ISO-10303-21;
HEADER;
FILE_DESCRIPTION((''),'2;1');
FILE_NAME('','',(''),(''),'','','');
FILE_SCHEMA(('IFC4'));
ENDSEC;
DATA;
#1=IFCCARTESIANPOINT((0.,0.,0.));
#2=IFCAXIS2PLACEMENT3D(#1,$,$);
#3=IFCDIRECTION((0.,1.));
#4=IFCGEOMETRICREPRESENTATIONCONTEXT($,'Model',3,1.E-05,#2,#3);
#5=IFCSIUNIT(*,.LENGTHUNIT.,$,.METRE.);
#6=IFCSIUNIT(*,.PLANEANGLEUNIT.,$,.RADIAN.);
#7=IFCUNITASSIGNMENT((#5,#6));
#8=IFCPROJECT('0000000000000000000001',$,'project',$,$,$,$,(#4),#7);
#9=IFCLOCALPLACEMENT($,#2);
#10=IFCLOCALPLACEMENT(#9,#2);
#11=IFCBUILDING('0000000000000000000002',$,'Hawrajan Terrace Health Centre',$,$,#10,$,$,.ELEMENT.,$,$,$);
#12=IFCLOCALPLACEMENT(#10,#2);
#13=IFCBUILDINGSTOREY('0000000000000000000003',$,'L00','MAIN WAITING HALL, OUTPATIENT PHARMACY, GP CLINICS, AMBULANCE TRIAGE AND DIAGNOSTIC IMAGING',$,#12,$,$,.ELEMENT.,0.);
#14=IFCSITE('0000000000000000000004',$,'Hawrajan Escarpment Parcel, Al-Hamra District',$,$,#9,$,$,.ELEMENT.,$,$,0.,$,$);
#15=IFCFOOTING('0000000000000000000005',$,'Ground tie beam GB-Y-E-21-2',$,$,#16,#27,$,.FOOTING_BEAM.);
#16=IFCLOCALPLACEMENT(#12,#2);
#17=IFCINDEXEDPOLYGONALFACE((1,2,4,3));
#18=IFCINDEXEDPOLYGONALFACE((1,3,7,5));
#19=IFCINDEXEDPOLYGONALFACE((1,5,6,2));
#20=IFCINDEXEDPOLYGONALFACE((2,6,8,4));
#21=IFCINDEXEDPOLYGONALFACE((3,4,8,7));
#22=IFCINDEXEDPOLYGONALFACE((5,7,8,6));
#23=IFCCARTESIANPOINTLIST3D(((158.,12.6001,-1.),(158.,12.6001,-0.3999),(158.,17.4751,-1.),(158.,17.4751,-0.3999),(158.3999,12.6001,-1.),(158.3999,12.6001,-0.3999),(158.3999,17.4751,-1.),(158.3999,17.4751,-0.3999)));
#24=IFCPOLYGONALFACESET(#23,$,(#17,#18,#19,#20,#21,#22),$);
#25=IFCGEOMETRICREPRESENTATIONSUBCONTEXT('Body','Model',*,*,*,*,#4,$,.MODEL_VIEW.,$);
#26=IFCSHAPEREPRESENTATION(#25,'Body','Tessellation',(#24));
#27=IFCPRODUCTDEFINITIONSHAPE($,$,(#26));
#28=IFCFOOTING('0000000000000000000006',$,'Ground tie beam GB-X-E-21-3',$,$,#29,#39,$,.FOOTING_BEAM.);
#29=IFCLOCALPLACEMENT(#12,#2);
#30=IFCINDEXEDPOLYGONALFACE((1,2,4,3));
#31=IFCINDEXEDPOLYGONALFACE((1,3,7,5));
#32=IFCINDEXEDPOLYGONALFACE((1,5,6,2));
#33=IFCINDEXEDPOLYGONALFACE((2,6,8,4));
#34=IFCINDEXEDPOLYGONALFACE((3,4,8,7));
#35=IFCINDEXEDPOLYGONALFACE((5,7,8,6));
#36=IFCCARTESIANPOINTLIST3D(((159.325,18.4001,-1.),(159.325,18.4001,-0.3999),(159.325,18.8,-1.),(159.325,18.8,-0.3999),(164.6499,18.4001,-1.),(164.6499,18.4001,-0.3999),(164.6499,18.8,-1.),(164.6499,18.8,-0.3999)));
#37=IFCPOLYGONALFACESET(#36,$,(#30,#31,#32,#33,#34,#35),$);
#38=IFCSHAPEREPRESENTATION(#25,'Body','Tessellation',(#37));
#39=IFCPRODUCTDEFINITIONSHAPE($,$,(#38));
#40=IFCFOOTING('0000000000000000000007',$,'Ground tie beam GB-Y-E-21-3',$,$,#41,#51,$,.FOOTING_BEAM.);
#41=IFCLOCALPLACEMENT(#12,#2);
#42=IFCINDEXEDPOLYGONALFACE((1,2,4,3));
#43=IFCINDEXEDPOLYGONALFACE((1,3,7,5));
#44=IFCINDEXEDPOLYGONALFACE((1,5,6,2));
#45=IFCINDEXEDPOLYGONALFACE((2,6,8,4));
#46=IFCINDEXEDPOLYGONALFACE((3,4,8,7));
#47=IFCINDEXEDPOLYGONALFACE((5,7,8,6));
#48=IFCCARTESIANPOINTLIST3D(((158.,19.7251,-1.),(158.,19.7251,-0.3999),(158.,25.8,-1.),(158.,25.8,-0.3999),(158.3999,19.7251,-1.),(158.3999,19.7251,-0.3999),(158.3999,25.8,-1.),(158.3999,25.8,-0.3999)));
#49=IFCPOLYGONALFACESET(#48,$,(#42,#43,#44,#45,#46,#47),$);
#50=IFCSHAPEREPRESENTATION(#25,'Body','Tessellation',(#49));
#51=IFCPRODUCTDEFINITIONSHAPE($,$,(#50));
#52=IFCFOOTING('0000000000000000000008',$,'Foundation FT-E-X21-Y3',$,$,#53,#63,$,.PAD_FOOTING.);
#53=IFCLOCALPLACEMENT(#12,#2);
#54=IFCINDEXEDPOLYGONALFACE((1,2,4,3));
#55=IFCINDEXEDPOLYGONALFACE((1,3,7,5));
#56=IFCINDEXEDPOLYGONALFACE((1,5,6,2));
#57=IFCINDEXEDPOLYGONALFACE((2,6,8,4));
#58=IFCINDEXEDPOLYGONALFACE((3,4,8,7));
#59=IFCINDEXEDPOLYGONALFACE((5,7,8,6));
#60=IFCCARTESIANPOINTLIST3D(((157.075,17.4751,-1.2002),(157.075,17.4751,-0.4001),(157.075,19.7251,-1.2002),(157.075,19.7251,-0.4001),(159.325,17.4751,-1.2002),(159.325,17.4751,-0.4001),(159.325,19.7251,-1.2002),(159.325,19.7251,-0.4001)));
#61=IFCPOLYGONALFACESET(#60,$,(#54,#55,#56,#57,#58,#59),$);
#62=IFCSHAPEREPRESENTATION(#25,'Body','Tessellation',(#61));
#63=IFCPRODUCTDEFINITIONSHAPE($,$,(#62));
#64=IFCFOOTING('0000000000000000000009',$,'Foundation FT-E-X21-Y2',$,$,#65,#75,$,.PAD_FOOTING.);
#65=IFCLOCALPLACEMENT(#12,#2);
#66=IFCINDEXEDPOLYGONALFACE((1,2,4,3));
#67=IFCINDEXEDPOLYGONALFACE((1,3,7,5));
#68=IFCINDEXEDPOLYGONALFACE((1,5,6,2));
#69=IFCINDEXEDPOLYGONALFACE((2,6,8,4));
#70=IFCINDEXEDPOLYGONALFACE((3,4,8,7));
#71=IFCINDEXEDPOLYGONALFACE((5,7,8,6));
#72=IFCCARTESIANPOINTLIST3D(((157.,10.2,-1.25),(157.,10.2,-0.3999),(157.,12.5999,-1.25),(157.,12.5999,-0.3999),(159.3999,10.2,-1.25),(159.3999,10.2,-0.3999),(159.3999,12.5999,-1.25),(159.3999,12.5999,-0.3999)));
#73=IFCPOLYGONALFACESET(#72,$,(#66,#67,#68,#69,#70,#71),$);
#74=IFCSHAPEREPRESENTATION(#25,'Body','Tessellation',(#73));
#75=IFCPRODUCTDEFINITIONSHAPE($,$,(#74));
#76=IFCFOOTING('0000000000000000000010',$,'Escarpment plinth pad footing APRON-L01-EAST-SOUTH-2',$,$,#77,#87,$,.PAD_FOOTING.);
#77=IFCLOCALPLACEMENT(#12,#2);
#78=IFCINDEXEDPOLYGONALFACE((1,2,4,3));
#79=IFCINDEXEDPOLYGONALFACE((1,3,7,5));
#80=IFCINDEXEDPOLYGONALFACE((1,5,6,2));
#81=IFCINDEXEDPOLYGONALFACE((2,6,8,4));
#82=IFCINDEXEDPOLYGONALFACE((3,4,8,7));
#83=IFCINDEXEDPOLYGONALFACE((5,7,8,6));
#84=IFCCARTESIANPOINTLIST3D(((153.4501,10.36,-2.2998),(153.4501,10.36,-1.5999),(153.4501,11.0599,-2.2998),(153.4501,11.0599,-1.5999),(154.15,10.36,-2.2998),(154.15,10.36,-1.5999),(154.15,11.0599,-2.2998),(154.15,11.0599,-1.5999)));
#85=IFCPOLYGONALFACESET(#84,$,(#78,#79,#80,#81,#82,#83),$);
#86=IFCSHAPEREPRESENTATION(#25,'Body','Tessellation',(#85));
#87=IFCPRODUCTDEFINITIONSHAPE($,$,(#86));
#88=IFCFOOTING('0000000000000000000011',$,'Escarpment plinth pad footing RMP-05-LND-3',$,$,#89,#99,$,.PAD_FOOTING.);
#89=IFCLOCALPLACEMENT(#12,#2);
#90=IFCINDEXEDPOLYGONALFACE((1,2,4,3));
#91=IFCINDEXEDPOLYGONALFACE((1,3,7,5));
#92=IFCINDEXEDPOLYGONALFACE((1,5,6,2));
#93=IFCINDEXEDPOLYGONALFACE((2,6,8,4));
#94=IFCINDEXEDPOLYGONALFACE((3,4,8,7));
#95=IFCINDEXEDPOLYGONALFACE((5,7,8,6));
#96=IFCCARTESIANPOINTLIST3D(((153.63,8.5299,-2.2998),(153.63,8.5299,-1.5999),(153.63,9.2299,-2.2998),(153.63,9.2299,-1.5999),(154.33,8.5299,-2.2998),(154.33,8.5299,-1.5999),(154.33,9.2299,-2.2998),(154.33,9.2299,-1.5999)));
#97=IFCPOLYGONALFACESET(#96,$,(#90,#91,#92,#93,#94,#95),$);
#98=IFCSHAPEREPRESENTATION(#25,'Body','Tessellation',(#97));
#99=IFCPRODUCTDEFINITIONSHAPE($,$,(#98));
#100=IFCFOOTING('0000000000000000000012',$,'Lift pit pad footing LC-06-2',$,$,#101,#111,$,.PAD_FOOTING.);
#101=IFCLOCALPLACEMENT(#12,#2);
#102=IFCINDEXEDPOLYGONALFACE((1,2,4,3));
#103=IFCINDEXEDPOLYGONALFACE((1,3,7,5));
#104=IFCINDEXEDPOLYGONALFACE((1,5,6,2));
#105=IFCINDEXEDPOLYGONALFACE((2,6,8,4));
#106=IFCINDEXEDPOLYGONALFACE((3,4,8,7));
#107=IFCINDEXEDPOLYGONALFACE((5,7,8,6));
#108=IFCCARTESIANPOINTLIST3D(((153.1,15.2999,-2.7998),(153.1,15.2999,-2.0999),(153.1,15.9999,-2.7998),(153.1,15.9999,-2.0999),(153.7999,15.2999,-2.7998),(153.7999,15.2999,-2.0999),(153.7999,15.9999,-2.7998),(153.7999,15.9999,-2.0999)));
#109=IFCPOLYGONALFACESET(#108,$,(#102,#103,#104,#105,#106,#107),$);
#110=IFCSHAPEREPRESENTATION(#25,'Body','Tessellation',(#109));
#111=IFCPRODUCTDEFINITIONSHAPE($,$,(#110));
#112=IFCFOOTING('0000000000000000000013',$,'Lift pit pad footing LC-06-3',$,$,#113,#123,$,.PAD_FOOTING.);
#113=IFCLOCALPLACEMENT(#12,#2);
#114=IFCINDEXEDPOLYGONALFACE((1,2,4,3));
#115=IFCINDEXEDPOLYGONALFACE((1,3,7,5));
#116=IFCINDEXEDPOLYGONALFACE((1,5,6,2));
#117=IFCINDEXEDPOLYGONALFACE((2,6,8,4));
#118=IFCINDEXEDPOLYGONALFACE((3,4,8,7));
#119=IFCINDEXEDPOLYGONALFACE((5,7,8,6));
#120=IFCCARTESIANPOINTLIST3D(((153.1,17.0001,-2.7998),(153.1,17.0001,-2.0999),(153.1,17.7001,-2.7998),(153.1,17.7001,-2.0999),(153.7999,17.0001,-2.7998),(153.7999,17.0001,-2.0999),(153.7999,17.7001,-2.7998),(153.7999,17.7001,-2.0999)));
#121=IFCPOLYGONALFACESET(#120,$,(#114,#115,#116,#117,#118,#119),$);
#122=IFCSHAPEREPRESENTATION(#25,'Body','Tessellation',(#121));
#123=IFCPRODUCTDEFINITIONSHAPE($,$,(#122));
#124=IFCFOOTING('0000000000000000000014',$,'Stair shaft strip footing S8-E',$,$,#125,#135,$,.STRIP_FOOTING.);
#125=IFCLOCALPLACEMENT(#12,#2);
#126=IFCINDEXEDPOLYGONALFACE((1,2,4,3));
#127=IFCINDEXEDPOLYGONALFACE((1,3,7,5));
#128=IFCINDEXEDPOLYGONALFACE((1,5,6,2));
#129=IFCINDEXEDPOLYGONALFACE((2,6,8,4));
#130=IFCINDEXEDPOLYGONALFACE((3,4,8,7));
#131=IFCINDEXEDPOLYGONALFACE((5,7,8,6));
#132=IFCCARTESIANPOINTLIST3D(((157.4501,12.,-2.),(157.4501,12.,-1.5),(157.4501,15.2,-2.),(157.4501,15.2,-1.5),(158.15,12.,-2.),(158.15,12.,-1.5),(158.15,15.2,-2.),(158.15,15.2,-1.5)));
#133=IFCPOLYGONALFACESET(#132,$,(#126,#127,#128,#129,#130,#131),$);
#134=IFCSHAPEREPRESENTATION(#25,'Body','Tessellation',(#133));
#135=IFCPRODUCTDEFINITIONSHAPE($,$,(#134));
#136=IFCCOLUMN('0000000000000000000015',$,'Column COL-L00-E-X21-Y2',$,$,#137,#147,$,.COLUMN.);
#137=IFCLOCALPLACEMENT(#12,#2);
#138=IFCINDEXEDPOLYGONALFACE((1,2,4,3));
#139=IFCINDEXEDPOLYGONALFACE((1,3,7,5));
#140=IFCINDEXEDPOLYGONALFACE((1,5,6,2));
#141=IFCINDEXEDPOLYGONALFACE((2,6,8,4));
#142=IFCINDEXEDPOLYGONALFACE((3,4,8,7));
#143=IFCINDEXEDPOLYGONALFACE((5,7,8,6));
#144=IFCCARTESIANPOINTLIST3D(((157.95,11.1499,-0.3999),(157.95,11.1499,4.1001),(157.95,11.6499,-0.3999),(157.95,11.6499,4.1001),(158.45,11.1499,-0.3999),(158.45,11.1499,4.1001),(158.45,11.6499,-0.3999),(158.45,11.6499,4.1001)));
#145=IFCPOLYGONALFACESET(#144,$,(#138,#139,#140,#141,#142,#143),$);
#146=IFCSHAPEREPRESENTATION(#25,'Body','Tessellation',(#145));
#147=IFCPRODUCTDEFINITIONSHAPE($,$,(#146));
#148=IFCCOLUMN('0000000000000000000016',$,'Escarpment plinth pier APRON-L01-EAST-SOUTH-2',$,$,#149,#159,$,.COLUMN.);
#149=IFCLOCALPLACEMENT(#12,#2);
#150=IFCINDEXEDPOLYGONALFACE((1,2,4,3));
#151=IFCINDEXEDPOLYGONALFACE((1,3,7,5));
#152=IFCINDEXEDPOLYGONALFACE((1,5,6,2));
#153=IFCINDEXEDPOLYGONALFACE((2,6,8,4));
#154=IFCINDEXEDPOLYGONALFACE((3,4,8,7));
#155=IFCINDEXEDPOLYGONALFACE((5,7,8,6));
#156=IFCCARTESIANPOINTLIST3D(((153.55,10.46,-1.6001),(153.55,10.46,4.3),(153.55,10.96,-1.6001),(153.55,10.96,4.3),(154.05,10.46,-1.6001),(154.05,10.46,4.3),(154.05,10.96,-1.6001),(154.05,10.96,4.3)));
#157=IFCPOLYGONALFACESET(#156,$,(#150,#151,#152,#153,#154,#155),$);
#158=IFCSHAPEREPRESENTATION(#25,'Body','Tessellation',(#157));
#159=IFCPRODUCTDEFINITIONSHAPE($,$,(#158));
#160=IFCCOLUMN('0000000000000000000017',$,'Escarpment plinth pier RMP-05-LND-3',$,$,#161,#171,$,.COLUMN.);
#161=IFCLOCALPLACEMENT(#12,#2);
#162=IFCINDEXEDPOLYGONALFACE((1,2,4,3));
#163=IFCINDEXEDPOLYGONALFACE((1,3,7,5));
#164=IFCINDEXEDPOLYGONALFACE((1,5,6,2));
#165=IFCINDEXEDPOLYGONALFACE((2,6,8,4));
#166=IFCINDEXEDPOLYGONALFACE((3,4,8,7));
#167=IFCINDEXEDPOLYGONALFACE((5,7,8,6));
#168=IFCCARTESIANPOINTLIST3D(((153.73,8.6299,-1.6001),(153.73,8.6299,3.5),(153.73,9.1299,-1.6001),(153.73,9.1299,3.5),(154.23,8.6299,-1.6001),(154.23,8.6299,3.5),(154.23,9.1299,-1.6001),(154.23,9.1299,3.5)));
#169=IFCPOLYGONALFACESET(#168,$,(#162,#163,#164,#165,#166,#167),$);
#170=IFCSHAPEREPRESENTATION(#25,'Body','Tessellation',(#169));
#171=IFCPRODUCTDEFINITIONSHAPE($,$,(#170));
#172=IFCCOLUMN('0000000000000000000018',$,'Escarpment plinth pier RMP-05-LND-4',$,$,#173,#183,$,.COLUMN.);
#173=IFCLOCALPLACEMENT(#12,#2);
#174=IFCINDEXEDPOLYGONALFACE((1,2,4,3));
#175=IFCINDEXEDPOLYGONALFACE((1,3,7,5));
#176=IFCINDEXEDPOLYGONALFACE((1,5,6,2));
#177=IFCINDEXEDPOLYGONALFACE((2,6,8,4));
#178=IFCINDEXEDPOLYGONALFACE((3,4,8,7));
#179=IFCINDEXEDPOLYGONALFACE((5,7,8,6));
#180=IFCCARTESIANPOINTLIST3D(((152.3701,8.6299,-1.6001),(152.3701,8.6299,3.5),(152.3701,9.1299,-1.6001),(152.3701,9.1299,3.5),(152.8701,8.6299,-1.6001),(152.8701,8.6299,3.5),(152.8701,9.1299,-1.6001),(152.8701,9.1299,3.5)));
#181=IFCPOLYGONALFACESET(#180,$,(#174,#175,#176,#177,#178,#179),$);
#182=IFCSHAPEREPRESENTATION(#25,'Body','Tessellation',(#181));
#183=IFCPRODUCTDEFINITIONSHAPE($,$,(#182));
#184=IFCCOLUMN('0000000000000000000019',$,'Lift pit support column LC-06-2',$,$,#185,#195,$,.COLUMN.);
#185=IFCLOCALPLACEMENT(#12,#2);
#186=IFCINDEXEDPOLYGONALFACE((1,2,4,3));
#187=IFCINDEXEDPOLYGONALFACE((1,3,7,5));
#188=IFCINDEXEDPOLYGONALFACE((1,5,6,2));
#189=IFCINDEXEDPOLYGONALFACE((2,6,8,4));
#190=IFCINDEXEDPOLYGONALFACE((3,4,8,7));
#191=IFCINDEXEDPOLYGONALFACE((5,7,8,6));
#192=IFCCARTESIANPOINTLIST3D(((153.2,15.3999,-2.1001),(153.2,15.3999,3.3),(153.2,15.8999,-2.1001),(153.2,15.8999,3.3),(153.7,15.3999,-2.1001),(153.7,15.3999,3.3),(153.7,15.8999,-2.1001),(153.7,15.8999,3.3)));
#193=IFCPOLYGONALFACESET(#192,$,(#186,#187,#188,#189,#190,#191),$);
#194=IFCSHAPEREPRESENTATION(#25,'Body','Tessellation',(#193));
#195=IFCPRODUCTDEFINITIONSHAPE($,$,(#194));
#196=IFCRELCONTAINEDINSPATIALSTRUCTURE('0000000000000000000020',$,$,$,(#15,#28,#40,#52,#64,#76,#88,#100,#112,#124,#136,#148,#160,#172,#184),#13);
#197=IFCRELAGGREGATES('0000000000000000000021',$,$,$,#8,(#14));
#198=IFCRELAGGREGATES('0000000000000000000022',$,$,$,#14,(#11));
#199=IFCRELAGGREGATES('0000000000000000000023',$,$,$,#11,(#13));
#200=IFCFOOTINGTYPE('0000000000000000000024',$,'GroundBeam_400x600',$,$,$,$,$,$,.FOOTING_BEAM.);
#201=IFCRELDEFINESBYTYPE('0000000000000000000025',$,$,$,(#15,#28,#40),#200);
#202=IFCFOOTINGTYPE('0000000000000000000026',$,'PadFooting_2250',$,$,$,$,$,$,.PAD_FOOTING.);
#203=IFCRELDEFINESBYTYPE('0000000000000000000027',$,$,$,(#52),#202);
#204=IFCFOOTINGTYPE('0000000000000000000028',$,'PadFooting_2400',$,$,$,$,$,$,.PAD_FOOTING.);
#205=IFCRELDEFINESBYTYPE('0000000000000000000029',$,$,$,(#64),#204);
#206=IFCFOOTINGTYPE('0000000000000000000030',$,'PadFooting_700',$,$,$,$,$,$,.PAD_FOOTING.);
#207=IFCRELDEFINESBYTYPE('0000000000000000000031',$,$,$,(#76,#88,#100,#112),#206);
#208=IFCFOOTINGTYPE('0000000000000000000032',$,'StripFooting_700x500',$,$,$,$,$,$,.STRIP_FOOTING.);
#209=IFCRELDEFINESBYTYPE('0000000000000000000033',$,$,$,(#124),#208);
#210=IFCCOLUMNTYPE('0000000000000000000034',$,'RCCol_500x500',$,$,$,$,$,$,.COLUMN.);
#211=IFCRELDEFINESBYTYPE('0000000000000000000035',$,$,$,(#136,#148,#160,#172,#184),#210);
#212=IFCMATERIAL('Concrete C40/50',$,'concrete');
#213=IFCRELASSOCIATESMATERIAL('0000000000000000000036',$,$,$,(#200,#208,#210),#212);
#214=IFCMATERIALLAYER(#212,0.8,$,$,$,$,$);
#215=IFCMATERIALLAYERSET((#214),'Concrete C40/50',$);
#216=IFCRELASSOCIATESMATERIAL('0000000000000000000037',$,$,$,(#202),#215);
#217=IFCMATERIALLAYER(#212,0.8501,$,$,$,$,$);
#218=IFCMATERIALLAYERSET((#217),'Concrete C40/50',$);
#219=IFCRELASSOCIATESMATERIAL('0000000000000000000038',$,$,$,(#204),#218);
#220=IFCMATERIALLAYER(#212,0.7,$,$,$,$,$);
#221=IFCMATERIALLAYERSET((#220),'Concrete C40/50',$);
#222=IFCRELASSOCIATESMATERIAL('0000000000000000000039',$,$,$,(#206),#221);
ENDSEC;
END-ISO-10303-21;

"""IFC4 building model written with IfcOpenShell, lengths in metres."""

from ifc_helpers import new_model, si_unit, direction, frame, origin, origin_2d, place, context, subcontext, project, spatial, rectangle, extrude, material, layer, layer_set, material_profile, profile_set, type_object, element, save


model = new_model("IFC4")

# Units and contexts
model_context = context("Model", 3, precision=1e-05, world=origin(), true_north=direction((0.0, 1.0)))
body_context = subcontext(model_context, "Body", "Model", "MODEL_VIEW")
ifc_project = project(units=[si_unit("LENGTHUNIT", "METRE"), si_unit("PLANEANGLEUNIT", "RADIAN")], contexts=[model_context])

# Site, building, storey
site_placement = place(None, origin())
site = spatial("IfcSite", under=ifc_project, at=site_placement, Name="Hawrajan Escarpment Parcel, Al-Hamra District", CompositionType="ELEMENT", RefElevation=0.0)
building_placement = place(site_placement, origin())
building = spatial("IfcBuilding", under=site, at=building_placement, Name="Hawrajan Terrace Health Centre", CompositionType="ELEMENT")
storey_placement = place(building_placement, origin())
storey = spatial("IfcBuildingStorey", under=building, at=storey_placement, Name="L00", Description="MAIN WAITING HALL, OUTPATIENT PHARMACY, GP CLINICS, AMBULANCE TRIAGE AND DIAGNOSTIC IMAGING", CompositionType="ELEMENT", Elevation=0.0)

# Footings
ifc_material_1 = material(Name="Concrete C40/50", Category="concrete")
ifc_material_profile_1 = material_profile(ifc_material_1, rectangle(XDim=0.3999, YDim=0.6001, at=origin_2d()), Name="RC BM 400x600")
ifc_profile_set_1 = profile_set([ifc_material_profile_1], Name="Concrete C40/50")
footing_type_1 = type_object("IfcFootingType", Name="GroundBeam_400x600", PredefinedType="FOOTING_BEAM", material=ifc_profile_set_1)
footing_1_placement = place(storey_placement, frame((158.2, 12.6001, -0.7), z_axis=(0.0, 1.0, 0.0), x_axis=(-1.0, 0.0, 0.0)))
element("IfcFooting", 1, at=footing_1_placement, inside=storey, type_object=footing_type_1, Name="Ground tie beam GB-Y-E-21-2", PredefinedType="FOOTING_BEAM", context=body_context, shape_type="SweptSolid", body=[
    extrude(rectangle(XDim=0.3999, YDim=0.6001, at=origin_2d()), origin(), (0.0, 0.0, 1.0), 4.875),
])
footing_2_placement = place(storey_placement, frame((159.325, 18.6001, -0.7), z_axis=(1.0, 0.0, 0.0), x_axis=(0.0, 1.0, 0.0)))
element("IfcFooting", 2, at=footing_2_placement, inside=storey, type_object=footing_type_1, Name="Ground tie beam GB-X-E-21-3", PredefinedType="FOOTING_BEAM", context=body_context, shape_type="SweptSolid", body=[
    extrude(rectangle(XDim=0.3999, YDim=0.6001, at=origin_2d()), origin(), (0.0, 0.0, 1.0), 5.325),
])
footing_3_placement = place(storey_placement, frame((158.2, 19.7251, -0.7), z_axis=(0.0, 1.0, 0.0), x_axis=(-1.0, 0.0, 0.0)))
element("IfcFooting", 3, at=footing_3_placement, inside=storey, type_object=footing_type_1, Name="Ground tie beam GB-Y-E-21-3", PredefinedType="FOOTING_BEAM", context=body_context, shape_type="SweptSolid", body=[
    extrude(rectangle(XDim=0.3999, YDim=0.6001, at=origin_2d()), origin(), (0.0, 0.0, 1.0), 6.075),
])
ifc_layer_1 = layer(ifc_material_1, 0.8)
ifc_layer_set_1 = layer_set([ifc_layer_1], Name="Concrete C40/50")
footing_type_2 = type_object("IfcFootingType", Name="PadFooting_2250", PredefinedType="PAD_FOOTING", material=ifc_layer_set_1)
footing_4_placement = place(storey_placement, frame((158.2, 18.6001, -1.2002), z_axis=(0.0, 0.0, 1.0), x_axis=(1.0, 0.0, 0.0)))
element("IfcFooting", 4, at=footing_4_placement, inside=storey, type_object=footing_type_2, Name="Foundation FT-E-X21-Y3", PredefinedType="PAD_FOOTING", context=body_context, shape_type="SweptSolid", body=[
    extrude(rectangle(XDim=2.25, YDim=2.25, at=origin_2d()), origin(), (0.0, 0.0, 1.0), 0.8),
])
ifc_layer_2 = layer(ifc_material_1, 0.8501)
ifc_layer_set_2 = layer_set([ifc_layer_2], Name="Concrete C40/50")
footing_type_3 = type_object("IfcFootingType", Name="PadFooting_2400", PredefinedType="PAD_FOOTING", material=ifc_layer_set_2)
footing_5_placement = place(storey_placement, frame((158.2, 11.3999, -1.25), z_axis=(0.0, 0.0, 1.0), x_axis=(1.0, 0.0, 0.0)))
element("IfcFooting", 5, at=footing_5_placement, inside=storey, type_object=footing_type_3, Name="Foundation FT-E-X21-Y2", PredefinedType="PAD_FOOTING", context=body_context, shape_type="SweptSolid", body=[
    extrude(rectangle(XDim=2.3999, YDim=2.3999, at=origin_2d()), origin(), (0.0, 0.0, 1.0), 0.8501),
])
ifc_layer_3 = layer(ifc_material_1, 0.7)
ifc_layer_set_3 = layer_set([ifc_layer_3], Name="Concrete C40/50")
footing_type_4 = type_object("IfcFootingType", Name="PadFooting_700", PredefinedType="PAD_FOOTING", material=ifc_layer_set_3)
for number, where, z_axis, x_axis, name in (
    (6, (153.8, 10.71, -2.2998), (0.0, 0.0, 1.0), (1.0, 0.0, 0.0), "Escarpment plinth pad footing APRON-L01-EAST-SOUTH-2"),
    (7, (153.98, 8.8799, -2.2998), (0.0, 0.0, 1.0), (1.0, 0.0, 0.0), "Escarpment plinth pad footing RMP-05-LND-3"),
    (8, (153.45, 15.6499, -2.7998), (0.0, 0.0, 1.0), (1.0, 0.0, 0.0), "Lift pit pad footing LC-06-2"),
    (9, (153.45, 17.3501, -2.7998), (0.0, 0.0, 1.0), (1.0, 0.0, 0.0), "Lift pit pad footing LC-06-3"),
):
    element("IfcFooting", number, at=place(storey_placement, frame(where, z_axis=z_axis, x_axis=x_axis)), inside=storey, type_object=footing_type_4, Name=name, PredefinedType="PAD_FOOTING", context=body_context, shape_type="SweptSolid", body=[
        extrude(rectangle(XDim=0.7, YDim=0.7, at=origin_2d()), origin(), (0.0, 0.0, 1.0), 0.7),
    ])
ifc_material_profile_2 = material_profile(ifc_material_1, rectangle(XDim=0.7, YDim=0.5, at=origin_2d()), Name="RC STRIP 700x500")
ifc_profile_set_2 = profile_set([ifc_material_profile_2], Name="Concrete C40/50")
footing_type_5 = type_object("IfcFootingType", Name="StripFooting_700x500", PredefinedType="STRIP_FOOTING", material=ifc_profile_set_2)
footing_6_placement = place(storey_placement, frame((157.8, 12.0, -1.75), z_axis=(0.0, 1.0, 0.0), x_axis=(-1.0, 0.0, 0.0)))
element("IfcFooting", 10, at=footing_6_placement, inside=storey, type_object=footing_type_5, Name="Stair shaft strip footing S8-E", PredefinedType="STRIP_FOOTING", context=body_context, shape_type="SweptSolid", body=[
    extrude(rectangle(XDim=0.7, YDim=0.5, at=origin_2d()), origin(), (0.0, 0.0, 1.0), 3.2),
])

# Columns
ifc_material_profile_3 = material_profile(ifc_material_1, rectangle(XDim=0.5, YDim=0.5, at=origin_2d()), Name="RC 500x500")
ifc_profile_set_3 = profile_set([ifc_material_profile_3], Name="Concrete C40/50")
column_type_1 = type_object("IfcColumnType", Name="RCCol_500x500", PredefinedType="COLUMN", material=ifc_profile_set_3)
column_1_placement = place(storey_placement, frame((158.2, 11.3999, -0.3999), z_axis=(0.0, 0.0, 1.0), x_axis=(1.0, 0.0, 0.0)))
element("IfcColumn", 11, at=column_1_placement, inside=storey, type_object=column_type_1, Name="Column COL-L00-E-X21-Y2", PredefinedType="COLUMN", context=body_context, shape_type="SweptSolid", body=[
    extrude(rectangle(XDim=0.5, YDim=0.5, at=origin_2d()), origin(), (0.0, 0.0, 1.0), 4.5),
])
column_2_placement = place(storey_placement, frame((153.8, 10.71, -1.6001), z_axis=(0.0, 0.0, 1.0), x_axis=(1.0, 0.0, 0.0)))
element("IfcColumn", 12, at=column_2_placement, inside=storey, type_object=column_type_1, Name="Escarpment plinth pier APRON-L01-EAST-SOUTH-2", PredefinedType="COLUMN", context=body_context, shape_type="SweptSolid", body=[
    extrude(rectangle(XDim=0.5, YDim=0.5, at=origin_2d()), origin(), (0.0, 0.0, 1.0), 5.9001),
])
for number, where, z_axis, x_axis, name in (
    (13, (153.98, 8.8799, -1.6001), (0.0, 0.0, 1.0), (1.0, 0.0, 0.0), "Escarpment plinth pier RMP-05-LND-3"),
    (14, (152.6201, 8.8799, -1.6001), (0.0, 0.0, 1.0), (1.0, 0.0, 0.0), "Escarpment plinth pier RMP-05-LND-4"),
):
    element("IfcColumn", number, at=place(storey_placement, frame(where, z_axis=z_axis, x_axis=x_axis)), inside=storey, type_object=column_type_1, Name=name, PredefinedType="COLUMN", context=body_context, shape_type="SweptSolid", body=[
        extrude(rectangle(XDim=0.5, YDim=0.5, at=origin_2d()), origin(), (0.0, 0.0, 1.0), 5.1001),
    ])
for number, where, z_axis, x_axis, name in (
    (15, (153.45, 15.6499, -2.1001), (0.0, 0.0, 1.0), (1.0, 0.0, 0.0), "Lift pit support column LC-06-2"),
):
    element("IfcColumn", number, at=place(storey_placement, frame(where, z_axis=z_axis, x_axis=x_axis)), inside=storey, type_object=column_type_1, Name=name, PredefinedType="COLUMN", context=body_context, shape_type="SweptSolid", body=[
        extrude(rectangle(XDim=0.5, YDim=0.5, at=origin_2d()), origin(), (0.0, 0.0, 1.0), 5.4001),
    ])

save(model, "model.ifc")
